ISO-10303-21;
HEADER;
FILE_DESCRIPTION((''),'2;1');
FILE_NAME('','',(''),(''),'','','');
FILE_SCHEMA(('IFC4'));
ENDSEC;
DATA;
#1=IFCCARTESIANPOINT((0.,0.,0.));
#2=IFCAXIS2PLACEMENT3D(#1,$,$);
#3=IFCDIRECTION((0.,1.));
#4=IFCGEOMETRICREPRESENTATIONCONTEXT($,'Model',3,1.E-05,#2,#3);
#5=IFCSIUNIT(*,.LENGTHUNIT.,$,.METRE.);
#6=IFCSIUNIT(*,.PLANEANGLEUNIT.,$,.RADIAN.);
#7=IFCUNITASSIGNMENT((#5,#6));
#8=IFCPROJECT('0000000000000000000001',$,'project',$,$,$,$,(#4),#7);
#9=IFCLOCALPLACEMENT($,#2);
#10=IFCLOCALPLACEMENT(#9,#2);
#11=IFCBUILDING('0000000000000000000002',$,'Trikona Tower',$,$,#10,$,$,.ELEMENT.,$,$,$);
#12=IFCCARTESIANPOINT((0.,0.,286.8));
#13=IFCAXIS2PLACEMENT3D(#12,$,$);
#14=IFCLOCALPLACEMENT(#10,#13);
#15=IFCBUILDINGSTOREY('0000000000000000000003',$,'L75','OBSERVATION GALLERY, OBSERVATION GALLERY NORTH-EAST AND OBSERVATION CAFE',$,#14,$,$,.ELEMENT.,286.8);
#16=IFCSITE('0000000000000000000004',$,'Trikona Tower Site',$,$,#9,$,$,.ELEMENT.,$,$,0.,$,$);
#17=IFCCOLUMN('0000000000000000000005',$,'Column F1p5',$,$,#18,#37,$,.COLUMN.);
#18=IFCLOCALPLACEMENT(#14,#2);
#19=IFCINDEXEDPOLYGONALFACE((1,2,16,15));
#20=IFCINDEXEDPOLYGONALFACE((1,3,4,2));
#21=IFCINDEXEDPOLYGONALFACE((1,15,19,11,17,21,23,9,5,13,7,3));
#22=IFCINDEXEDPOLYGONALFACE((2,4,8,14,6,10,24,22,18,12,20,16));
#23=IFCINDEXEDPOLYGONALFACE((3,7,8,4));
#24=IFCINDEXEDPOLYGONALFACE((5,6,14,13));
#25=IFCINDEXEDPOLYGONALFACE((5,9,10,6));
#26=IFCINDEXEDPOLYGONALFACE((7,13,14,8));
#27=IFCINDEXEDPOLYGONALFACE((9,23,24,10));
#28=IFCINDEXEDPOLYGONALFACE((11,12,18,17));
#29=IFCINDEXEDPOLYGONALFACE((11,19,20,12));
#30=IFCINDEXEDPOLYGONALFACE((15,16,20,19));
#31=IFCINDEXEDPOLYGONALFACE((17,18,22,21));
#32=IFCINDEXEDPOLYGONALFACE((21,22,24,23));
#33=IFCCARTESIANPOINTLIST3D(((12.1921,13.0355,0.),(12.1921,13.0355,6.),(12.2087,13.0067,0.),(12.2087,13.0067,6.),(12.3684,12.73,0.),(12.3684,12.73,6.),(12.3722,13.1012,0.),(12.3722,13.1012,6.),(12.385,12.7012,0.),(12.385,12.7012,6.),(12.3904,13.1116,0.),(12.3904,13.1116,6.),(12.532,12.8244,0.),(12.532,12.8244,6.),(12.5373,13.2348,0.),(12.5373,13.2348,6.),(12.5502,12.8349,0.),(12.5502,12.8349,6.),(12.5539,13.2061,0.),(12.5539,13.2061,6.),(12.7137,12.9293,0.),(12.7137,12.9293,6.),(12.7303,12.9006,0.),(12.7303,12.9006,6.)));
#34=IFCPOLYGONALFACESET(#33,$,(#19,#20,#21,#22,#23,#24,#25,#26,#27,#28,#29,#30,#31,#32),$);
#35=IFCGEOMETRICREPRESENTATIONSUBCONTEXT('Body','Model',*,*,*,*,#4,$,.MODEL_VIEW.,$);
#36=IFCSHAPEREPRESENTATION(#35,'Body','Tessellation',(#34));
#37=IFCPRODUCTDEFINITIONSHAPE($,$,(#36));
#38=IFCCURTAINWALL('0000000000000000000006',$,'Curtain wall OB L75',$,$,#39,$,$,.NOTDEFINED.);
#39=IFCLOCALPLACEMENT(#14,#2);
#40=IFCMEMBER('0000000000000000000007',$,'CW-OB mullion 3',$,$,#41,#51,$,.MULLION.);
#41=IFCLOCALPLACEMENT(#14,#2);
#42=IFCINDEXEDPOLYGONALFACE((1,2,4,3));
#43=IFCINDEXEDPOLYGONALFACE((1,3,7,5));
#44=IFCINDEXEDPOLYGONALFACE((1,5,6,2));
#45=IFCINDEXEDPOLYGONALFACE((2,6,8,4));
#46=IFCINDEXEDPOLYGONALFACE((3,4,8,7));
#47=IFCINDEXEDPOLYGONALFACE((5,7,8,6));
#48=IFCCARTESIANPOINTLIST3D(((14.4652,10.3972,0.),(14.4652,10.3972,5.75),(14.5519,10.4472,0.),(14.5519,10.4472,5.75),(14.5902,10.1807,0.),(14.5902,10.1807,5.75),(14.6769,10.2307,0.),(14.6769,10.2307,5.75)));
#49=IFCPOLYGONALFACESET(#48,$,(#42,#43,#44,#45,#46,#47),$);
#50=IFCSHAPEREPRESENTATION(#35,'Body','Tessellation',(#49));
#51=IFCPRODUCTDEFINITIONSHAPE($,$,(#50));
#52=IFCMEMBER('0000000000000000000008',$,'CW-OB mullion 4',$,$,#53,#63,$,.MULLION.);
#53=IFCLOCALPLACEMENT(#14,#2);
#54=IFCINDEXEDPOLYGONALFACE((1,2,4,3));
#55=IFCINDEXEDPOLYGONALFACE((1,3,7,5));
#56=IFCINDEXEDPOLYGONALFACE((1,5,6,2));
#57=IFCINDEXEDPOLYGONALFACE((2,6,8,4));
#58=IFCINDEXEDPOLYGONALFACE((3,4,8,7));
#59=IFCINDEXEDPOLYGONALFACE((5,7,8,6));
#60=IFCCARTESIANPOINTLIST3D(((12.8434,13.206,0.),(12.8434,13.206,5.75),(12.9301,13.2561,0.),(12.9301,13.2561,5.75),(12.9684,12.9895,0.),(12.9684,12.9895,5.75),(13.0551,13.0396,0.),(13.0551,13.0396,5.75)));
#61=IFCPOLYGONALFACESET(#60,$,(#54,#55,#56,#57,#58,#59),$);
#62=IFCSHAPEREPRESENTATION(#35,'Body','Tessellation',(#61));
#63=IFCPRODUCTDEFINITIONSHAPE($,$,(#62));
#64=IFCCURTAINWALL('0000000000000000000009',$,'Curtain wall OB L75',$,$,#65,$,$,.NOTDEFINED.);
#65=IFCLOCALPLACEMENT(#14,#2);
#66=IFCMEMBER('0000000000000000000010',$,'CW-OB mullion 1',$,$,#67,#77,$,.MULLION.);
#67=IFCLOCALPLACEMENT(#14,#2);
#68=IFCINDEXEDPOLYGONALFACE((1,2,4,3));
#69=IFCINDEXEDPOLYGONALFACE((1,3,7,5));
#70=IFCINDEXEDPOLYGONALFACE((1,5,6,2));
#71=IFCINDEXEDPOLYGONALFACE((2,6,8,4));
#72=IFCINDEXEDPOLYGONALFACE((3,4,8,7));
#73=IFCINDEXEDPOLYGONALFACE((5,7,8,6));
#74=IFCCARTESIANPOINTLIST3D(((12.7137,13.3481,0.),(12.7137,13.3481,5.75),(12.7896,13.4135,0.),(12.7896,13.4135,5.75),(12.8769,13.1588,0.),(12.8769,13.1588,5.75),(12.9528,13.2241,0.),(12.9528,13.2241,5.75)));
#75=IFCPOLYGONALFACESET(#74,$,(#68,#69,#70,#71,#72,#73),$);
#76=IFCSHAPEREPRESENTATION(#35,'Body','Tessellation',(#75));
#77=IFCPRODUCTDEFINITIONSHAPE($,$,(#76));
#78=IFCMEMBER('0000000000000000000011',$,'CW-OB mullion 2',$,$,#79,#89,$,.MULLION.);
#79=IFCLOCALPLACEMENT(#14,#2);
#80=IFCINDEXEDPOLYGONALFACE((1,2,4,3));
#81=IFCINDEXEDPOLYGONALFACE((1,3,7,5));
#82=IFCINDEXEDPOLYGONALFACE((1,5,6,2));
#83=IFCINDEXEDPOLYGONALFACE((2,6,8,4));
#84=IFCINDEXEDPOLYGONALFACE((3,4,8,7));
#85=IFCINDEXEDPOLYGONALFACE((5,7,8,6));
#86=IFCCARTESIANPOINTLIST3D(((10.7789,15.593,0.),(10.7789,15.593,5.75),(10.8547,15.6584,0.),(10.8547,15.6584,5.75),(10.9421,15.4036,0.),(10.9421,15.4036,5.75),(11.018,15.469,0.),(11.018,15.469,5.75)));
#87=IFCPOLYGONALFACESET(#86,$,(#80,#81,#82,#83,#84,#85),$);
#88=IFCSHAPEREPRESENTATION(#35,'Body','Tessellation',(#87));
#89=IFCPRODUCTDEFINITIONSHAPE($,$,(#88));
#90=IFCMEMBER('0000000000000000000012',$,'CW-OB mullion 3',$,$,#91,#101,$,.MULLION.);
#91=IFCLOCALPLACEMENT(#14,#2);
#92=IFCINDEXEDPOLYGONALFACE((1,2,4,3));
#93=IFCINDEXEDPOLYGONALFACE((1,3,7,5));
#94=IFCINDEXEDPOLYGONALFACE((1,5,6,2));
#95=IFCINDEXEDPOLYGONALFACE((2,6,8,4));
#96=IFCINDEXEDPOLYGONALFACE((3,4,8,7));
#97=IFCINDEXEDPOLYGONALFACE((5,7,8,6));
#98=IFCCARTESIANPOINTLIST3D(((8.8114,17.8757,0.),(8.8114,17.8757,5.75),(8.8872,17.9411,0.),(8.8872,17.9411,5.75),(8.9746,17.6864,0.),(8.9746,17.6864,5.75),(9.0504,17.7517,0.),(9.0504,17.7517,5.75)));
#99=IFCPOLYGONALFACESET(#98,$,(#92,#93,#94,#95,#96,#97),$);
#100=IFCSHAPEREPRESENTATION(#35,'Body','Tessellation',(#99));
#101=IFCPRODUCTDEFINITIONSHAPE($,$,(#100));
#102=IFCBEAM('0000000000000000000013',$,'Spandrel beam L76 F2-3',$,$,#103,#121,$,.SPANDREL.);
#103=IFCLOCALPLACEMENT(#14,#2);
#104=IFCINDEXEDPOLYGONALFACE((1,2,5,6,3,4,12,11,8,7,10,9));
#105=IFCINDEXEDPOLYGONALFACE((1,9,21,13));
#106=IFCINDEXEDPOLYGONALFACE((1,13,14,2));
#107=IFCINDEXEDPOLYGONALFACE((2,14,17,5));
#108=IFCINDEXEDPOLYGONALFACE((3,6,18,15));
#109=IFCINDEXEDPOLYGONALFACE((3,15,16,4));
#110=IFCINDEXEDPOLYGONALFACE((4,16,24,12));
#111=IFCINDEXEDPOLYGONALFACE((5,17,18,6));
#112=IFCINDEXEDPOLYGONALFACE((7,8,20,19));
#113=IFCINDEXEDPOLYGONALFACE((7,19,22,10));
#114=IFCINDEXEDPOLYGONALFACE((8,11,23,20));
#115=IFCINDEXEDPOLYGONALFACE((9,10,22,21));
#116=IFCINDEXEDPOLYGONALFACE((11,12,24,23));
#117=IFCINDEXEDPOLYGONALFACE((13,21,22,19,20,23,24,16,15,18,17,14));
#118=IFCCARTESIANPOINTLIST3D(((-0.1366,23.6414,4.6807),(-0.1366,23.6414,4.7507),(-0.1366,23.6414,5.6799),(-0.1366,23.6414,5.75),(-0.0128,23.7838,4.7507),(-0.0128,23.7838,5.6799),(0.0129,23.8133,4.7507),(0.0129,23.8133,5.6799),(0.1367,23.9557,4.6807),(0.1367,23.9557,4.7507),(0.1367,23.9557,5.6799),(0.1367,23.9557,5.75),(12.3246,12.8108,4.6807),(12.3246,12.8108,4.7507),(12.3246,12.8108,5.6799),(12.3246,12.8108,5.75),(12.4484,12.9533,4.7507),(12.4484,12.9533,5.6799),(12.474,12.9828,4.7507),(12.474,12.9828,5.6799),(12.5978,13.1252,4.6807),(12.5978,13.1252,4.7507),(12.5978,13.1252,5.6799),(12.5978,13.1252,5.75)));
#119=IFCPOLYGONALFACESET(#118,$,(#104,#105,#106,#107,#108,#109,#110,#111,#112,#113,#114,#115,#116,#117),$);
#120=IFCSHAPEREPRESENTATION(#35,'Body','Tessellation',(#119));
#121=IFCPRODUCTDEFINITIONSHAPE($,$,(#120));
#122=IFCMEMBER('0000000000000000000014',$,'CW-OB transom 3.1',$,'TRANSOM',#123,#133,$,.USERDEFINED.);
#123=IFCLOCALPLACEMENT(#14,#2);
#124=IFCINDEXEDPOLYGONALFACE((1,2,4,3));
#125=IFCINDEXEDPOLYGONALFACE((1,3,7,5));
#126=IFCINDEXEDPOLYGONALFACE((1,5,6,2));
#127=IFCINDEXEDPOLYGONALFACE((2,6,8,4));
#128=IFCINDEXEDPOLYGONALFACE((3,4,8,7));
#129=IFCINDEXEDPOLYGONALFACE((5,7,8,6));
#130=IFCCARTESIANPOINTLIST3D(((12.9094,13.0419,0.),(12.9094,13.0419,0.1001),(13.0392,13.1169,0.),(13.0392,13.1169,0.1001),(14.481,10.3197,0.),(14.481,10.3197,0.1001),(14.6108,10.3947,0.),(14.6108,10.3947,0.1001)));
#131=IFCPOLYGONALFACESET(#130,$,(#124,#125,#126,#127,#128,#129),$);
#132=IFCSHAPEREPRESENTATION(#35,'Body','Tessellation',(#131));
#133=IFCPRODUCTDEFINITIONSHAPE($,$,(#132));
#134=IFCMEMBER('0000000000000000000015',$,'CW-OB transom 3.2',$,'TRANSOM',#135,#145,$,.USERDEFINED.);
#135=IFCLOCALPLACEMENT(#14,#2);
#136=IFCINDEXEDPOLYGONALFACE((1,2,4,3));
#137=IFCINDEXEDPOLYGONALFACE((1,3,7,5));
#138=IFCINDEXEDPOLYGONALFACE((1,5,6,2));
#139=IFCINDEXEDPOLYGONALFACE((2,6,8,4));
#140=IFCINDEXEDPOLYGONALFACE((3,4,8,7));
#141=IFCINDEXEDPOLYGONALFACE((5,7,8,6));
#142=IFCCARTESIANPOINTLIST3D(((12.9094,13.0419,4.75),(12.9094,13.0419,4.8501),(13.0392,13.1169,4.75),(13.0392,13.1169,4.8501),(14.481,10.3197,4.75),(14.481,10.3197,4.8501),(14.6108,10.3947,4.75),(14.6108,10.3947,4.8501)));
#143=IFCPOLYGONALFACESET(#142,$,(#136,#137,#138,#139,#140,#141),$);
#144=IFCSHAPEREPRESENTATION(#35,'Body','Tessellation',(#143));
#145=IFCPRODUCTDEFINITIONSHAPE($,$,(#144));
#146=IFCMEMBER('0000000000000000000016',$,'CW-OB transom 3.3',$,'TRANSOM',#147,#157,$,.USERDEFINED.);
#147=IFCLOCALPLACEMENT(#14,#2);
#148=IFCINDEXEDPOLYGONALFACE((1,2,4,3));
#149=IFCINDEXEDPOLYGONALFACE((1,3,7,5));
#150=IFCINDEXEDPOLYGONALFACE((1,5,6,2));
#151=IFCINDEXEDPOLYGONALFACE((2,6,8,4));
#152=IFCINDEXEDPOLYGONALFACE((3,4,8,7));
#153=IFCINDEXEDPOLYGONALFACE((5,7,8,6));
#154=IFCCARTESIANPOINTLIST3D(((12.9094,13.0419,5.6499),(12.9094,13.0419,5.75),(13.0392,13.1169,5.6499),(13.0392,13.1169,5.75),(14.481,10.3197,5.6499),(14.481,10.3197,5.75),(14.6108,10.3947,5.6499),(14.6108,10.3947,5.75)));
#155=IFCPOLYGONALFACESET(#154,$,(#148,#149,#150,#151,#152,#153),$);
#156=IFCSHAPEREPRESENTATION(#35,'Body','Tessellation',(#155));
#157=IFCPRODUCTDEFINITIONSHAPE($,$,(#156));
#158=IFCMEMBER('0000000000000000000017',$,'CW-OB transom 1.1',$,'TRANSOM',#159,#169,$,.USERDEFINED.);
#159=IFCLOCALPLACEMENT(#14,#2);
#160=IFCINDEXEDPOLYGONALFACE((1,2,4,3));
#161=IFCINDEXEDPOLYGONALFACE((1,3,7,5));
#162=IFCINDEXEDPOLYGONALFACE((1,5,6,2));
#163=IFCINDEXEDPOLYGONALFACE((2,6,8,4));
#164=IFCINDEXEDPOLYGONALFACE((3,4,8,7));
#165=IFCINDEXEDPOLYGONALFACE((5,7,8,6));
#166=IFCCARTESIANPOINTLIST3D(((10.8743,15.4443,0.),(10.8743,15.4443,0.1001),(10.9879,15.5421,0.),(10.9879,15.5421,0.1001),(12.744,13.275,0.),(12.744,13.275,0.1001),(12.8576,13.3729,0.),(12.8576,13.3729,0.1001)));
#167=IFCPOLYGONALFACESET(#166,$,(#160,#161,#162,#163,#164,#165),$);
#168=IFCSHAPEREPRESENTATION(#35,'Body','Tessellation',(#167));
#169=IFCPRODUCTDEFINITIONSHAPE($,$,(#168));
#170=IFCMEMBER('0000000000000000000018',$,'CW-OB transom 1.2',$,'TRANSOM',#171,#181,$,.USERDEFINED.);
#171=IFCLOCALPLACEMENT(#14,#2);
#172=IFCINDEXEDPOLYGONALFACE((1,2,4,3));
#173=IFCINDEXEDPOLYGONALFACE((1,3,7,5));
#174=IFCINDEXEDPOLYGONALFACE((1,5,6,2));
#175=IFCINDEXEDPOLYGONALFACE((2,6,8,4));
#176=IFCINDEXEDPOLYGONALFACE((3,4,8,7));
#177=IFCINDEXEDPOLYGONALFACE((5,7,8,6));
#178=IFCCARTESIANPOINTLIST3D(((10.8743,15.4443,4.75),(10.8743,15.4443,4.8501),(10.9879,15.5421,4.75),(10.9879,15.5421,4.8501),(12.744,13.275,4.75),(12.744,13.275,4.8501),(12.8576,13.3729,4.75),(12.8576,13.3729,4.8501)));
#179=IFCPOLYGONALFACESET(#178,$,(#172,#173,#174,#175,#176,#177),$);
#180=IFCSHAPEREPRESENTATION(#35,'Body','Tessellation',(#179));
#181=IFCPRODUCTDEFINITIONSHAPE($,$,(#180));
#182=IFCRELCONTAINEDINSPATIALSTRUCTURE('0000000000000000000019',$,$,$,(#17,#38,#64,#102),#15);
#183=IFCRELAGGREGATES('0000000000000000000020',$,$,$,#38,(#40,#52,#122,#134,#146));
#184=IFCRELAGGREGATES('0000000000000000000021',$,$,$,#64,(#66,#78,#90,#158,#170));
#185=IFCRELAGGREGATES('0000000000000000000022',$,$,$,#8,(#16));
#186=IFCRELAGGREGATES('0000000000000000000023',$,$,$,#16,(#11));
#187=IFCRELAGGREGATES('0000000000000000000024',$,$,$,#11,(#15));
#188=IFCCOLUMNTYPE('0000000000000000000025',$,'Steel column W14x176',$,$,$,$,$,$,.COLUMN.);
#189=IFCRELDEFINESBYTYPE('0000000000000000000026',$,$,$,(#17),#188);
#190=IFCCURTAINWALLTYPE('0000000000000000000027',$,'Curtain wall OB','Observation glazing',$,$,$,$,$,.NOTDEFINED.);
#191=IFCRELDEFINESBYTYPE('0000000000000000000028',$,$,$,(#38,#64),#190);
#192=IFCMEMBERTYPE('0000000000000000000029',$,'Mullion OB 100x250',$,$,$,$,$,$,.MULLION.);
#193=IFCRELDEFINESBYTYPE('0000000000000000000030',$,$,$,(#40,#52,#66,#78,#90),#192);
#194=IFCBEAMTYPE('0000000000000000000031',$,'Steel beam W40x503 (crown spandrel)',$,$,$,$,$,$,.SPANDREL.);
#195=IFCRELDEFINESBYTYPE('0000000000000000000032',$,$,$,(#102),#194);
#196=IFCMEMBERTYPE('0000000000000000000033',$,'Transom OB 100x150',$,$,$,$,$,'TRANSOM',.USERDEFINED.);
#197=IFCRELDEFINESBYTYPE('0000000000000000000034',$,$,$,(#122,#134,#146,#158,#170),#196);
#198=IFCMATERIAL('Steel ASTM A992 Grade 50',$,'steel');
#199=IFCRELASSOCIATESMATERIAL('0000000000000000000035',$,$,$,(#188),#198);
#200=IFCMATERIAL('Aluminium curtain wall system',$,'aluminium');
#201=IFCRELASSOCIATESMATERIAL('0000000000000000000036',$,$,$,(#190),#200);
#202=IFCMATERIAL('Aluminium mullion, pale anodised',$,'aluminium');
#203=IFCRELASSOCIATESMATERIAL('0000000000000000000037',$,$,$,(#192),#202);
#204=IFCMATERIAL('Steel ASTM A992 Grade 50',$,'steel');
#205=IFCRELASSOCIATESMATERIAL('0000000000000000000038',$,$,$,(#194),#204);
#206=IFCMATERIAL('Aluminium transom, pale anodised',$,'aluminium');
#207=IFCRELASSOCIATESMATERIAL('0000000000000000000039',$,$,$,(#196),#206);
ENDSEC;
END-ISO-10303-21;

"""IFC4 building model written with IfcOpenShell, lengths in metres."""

from ifc_helpers import new_model, si_unit, direction, frame, origin, origin_2d, place, context, subcontext, project, spatial, rectangle, i_section, extrude, material, material_profile, profile_set, type_object, element, aggregate, save


model = new_model("IFC4")

# Units and contexts
model_context = context("Model", 3, precision=1e-05, world=origin(), true_north=direction((0.0, 1.0)))
body_context = subcontext(model_context, "Body", "Model", "MODEL_VIEW")
ifc_project = project(units=[si_unit("LENGTHUNIT", "METRE"), si_unit("PLANEANGLEUNIT", "RADIAN")], contexts=[model_context])

# Site, building, storey
site_placement = place(None, origin())
site = spatial("IfcSite", under=ifc_project, at=site_placement, Name="Trikona Tower Site", CompositionType="ELEMENT", RefElevation=0.0)
building_placement = place(site_placement, origin())
building = spatial("IfcBuilding", under=site, at=building_placement, Name="Trikona Tower", CompositionType="ELEMENT")
storey_placement = place(building_placement, frame((0.0, 0.0, 286.8)))
storey = spatial("IfcBuildingStorey", under=building, at=storey_placement, Name="L75", Description="OBSERVATION GALLERY, OBSERVATION GALLERY NORTH-EAST AND OBSERVATION CAFE", CompositionType="ELEMENT", Elevation=286.8)

# Column
ifc_material_1 = material(Name="Steel ASTM A992 Grade 50", Category="steel")
ifc_material_profile_1 = material_profile(ifc_material_1, i_section(OverallWidth=0.3987, OverallDepth=0.386, WebThickness=0.021, FlangeThickness=0.0332, at=origin_2d()), Name="W14X176")
ifc_profile_set_1 = profile_set([ifc_material_profile_1], Name="Steel ASTM A992 Grade 50")
column_type = type_object("IfcColumnType", Name="Steel column W14x176", PredefinedType="COLUMN", material=ifc_profile_set_1)
column_placement = place(storey_placement, frame((12.4612, 12.968, 0.0), z_axis=(0.0, 0.0, 1.0), x_axis=(0.866025, 0.5, 0.0)))
element("IfcColumn", 1, at=column_placement, inside=storey, type_object=column_type, Name="Column F1p5", PredefinedType="COLUMN", context=body_context, shape_type="SweptSolid", body=[
    extrude(i_section(OverallWidth=0.3987, OverallDepth=0.386, WebThickness=0.021, FlangeThickness=0.0332, at=origin_2d()), origin(), (0.0, 0.0, 1.0), 6.0),
])

# Curtain walls, members
ifc_material_2 = material(Name="Aluminium curtain wall system", Category="aluminium")
curtain_wall_type = type_object("IfcCurtainWallType", Name="Curtain wall OB", Description="Observation glazing", PredefinedType="NOTDEFINED", material=ifc_material_2)
curtain_wall_1_placement = place(storey_placement, origin())
curtain_wall_1 = element("IfcCurtainWall", 2, at=curtain_wall_1_placement, inside=storey, type_object=curtain_wall_type, Name="Curtain wall OB L75", PredefinedType="NOTDEFINED")
ifc_material_3 = material(Name="Aluminium mullion, pale anodised", Category="aluminium")
ifc_material_profile_2 = material_profile(ifc_material_3, rectangle(XDim=0.1001, YDim=0.25, at=origin_2d()), Name="MUL-OB")
ifc_profile_set_2 = profile_set([ifc_material_profile_2], Name="Aluminium mullion, pale anodised")
member_type_1 = type_object("IfcMemberType", Name="Mullion OB 100x250", PredefinedType="MULLION", material=ifc_profile_set_2)
member_1_placement = place(storey_placement, frame((14.571, 10.314, 0.0), z_axis=(0.0, 0.0, 1.0), x_axis=(-0.866022, -0.500006, 0.0)))
member_1 = element("IfcMember", 3, at=member_1_placement, type_object=member_type_1, Name="CW-OB mullion 3", PredefinedType="MULLION", context=body_context, shape_type="SweptSolid", body=[
    extrude(rectangle(XDim=0.1001, YDim=0.25, at=origin_2d()), origin(), (0.0, 0.0, 1.0), 5.75),
])
member_2_placement = place(storey_placement, frame((12.9492, 13.1228, 0.0), z_axis=(0.0, 0.0, 1.0), x_axis=(-0.866022, -0.500006, 0.0)))
member_2 = element("IfcMember", 4, at=member_2_placement, type_object=member_type_1, Name="CW-OB mullion 4", PredefinedType="MULLION", context=body_context, shape_type="SweptSolid", body=[
    extrude(rectangle(XDim=0.1001, YDim=0.25, at=origin_2d()), origin(), (0.0, 0.0, 1.0), 5.75),
])
curtain_wall_2_placement = place(storey_placement, origin())
curtain_wall_2 = element("IfcCurtainWall", 5, at=curtain_wall_2_placement, inside=storey, type_object=curtain_wall_type, Name="Curtain wall OB L75", PredefinedType="NOTDEFINED")
member_3_placement = place(storey_placement, frame((12.8333, 13.2861, 0.0), z_axis=(0.0, 0.0, 1.0), x_axis=(-0.757475, -0.652864, 0.0)))
member_3 = element("IfcMember", 6, at=member_3_placement, type_object=member_type_1, Name="CW-OB mullion 1", PredefinedType="MULLION", context=body_context, shape_type="SweptSolid", body=[
    extrude(rectangle(XDim=0.1001, YDim=0.25, at=origin_2d()), origin(), (0.0, 0.0, 1.0), 5.75),
])
member_4_placement = place(storey_placement, frame((10.8984, 15.531, 0.0), z_axis=(0.0, 0.0, 1.0), x_axis=(-0.757475, -0.652864, 0.0)))
member_4 = element("IfcMember", 7, at=member_4_placement, type_object=member_type_1, Name="CW-OB mullion 2", PredefinedType="MULLION", context=body_context, shape_type="SweptSolid", body=[
    extrude(rectangle(XDim=0.1001, YDim=0.25, at=origin_2d()), origin(), (0.0, 0.0, 1.0), 5.75),
])
member_5_placement = place(storey_placement, frame((8.9309, 17.8137, 0.0), z_axis=(0.0, 0.0, 1.0), x_axis=(-0.757475, -0.652864, 0.0)))
member_5 = element("IfcMember", 8, at=member_5_placement, type_object=member_type_1, Name="CW-OB mullion 3", PredefinedType="MULLION", context=body_context, shape_type="SweptSolid", body=[
    extrude(rectangle(XDim=0.1001, YDim=0.25, at=origin_2d()), origin(), (0.0, 0.0, 1.0), 5.75),
])

# Beam
ifc_material_4 = material(Name="Steel ASTM A992 Grade 50", Category="steel")
ifc_material_profile_3 = material_profile(ifc_material_4, i_section(OverallWidth=0.4165, OverallDepth=1.0693, WebThickness=0.0391, FlangeThickness=0.0701, at=origin_2d()), Name="W40X503")
ifc_profile_set_3 = profile_set([ifc_material_profile_3], Name="Steel ASTM A992 Grade 50")
beam_type = type_object("IfcBeamType", Name="Steel beam W40x503 (crown spandrel)", PredefinedType="SPANDREL", material=ifc_profile_set_3)
beam_placement = place(storey_placement, frame((12.4612, 12.968, 5.2153), z_axis=(-0.754763, 0.655998, 0.0), x_axis=(-0.655998, -0.754763, 0.0)))
element("IfcBeam", 9, at=beam_placement, inside=storey, type_object=beam_type, Name="Spandrel beam L76 F2-3", PredefinedType="SPANDREL", context=body_context, shape_type="SweptSolid", body=[
    extrude(i_section(OverallWidth=0.4165, OverallDepth=1.0693, WebThickness=0.0391, FlangeThickness=0.0701, at=origin_2d()), origin(), (0.0, 0.0, 1.0), 16.51),
])

# Members
ifc_material_5 = material(Name="Aluminium transom, pale anodised", Category="aluminium")
ifc_material_profile_4 = material_profile(ifc_material_5, rectangle(XDim=0.1499, YDim=0.1001, at=origin_2d()), Name="TRN-OB")
ifc_profile_set_4 = profile_set([ifc_material_profile_4], Name="Aluminium transom, pale anodised")
member_type_2 = type_object("IfcMemberType", Name="Transom OB 100x150", ElementType="TRANSOM", PredefinedType="USERDEFINED", material=ifc_profile_set_4)
member_6_placement = place(storey_placement, frame((14.5459, 10.3572, 0.05), z_axis=(-0.499973, 0.866041, 0.0), x_axis=(-0.866041, -0.499973, 0.0)))
member_6 = element("IfcMember", 10, at=member_6_placement, type_object=member_type_2, Name="CW-OB transom 3.1", ObjectType="TRANSOM", PredefinedType="USERDEFINED", context=body_context, shape_type="SweptSolid", body=[
    extrude(rectangle(XDim=0.1499, YDim=0.1001, at=origin_2d()), origin(), (0.0, 0.0, 1.0), 3.1433),
])
member_7_placement = place(storey_placement, frame((14.5459, 10.3572, 4.8), z_axis=(-0.499973, 0.866041, 0.0), x_axis=(-0.866041, -0.499973, 0.0)))
member_7 = element("IfcMember", 11, at=member_7_placement, type_object=member_type_2, Name="CW-OB transom 3.2", ObjectType="TRANSOM", PredefinedType="USERDEFINED", context=body_context, shape_type="SweptSolid", body=[
    extrude(rectangle(XDim=0.1499, YDim=0.1001, at=origin_2d()), origin(), (0.0, 0.0, 1.0), 3.1433),
])
member_8_placement = place(storey_placement, frame((14.5459, 10.3572, 5.7), z_axis=(-0.499973, 0.866041, 0.0), x_axis=(-0.866041, -0.499973, 0.0)))
member_8 = element("IfcMember", 12, at=member_8_placement, type_object=member_type_2, Name="CW-OB transom 3.3", ObjectType="TRANSOM", PredefinedType="USERDEFINED", context=body_context, shape_type="SweptSolid", body=[
    extrude(rectangle(XDim=0.1499, YDim=0.1001, at=origin_2d()), origin(), (0.0, 0.0, 1.0), 3.1433),
])
member_9_placement = place(storey_placement, frame((12.8008, 13.324, 0.05), z_axis=(-0.652867, 0.757472, 0.0), x_axis=(-0.757472, -0.652867, 0.0)))
member_9 = element("IfcMember", 13, at=member_9_placement, type_object=member_type_2, Name="CW-OB transom 1.1", ObjectType="TRANSOM", PredefinedType="USERDEFINED", context=body_context, shape_type="SweptSolid", body=[
    extrude(rectangle(XDim=0.1499, YDim=0.1001, at=origin_2d()), origin(), (0.0, 0.0, 1.0), 2.8638),
])
member_10_placement = place(storey_placement, frame((12.8008, 13.324, 4.8), z_axis=(-0.652867, 0.757472, 0.0), x_axis=(-0.757472, -0.652867, 0.0)))
member_10 = element("IfcMember", 14, at=member_10_placement, type_object=member_type_2, Name="CW-OB transom 1.2", ObjectType="TRANSOM", PredefinedType="USERDEFINED", context=body_context, shape_type="SweptSolid", body=[
    extrude(rectangle(XDim=0.1499, YDim=0.1001, at=origin_2d()), origin(), (0.0, 0.0, 1.0), 2.8638),
])

aggregate(curtain_wall_1, [member_1, member_2, member_6, member_7, member_8])
aggregate(curtain_wall_2, [member_3, member_4, member_5, member_9, member_10])

save(model, "model.ifc")
